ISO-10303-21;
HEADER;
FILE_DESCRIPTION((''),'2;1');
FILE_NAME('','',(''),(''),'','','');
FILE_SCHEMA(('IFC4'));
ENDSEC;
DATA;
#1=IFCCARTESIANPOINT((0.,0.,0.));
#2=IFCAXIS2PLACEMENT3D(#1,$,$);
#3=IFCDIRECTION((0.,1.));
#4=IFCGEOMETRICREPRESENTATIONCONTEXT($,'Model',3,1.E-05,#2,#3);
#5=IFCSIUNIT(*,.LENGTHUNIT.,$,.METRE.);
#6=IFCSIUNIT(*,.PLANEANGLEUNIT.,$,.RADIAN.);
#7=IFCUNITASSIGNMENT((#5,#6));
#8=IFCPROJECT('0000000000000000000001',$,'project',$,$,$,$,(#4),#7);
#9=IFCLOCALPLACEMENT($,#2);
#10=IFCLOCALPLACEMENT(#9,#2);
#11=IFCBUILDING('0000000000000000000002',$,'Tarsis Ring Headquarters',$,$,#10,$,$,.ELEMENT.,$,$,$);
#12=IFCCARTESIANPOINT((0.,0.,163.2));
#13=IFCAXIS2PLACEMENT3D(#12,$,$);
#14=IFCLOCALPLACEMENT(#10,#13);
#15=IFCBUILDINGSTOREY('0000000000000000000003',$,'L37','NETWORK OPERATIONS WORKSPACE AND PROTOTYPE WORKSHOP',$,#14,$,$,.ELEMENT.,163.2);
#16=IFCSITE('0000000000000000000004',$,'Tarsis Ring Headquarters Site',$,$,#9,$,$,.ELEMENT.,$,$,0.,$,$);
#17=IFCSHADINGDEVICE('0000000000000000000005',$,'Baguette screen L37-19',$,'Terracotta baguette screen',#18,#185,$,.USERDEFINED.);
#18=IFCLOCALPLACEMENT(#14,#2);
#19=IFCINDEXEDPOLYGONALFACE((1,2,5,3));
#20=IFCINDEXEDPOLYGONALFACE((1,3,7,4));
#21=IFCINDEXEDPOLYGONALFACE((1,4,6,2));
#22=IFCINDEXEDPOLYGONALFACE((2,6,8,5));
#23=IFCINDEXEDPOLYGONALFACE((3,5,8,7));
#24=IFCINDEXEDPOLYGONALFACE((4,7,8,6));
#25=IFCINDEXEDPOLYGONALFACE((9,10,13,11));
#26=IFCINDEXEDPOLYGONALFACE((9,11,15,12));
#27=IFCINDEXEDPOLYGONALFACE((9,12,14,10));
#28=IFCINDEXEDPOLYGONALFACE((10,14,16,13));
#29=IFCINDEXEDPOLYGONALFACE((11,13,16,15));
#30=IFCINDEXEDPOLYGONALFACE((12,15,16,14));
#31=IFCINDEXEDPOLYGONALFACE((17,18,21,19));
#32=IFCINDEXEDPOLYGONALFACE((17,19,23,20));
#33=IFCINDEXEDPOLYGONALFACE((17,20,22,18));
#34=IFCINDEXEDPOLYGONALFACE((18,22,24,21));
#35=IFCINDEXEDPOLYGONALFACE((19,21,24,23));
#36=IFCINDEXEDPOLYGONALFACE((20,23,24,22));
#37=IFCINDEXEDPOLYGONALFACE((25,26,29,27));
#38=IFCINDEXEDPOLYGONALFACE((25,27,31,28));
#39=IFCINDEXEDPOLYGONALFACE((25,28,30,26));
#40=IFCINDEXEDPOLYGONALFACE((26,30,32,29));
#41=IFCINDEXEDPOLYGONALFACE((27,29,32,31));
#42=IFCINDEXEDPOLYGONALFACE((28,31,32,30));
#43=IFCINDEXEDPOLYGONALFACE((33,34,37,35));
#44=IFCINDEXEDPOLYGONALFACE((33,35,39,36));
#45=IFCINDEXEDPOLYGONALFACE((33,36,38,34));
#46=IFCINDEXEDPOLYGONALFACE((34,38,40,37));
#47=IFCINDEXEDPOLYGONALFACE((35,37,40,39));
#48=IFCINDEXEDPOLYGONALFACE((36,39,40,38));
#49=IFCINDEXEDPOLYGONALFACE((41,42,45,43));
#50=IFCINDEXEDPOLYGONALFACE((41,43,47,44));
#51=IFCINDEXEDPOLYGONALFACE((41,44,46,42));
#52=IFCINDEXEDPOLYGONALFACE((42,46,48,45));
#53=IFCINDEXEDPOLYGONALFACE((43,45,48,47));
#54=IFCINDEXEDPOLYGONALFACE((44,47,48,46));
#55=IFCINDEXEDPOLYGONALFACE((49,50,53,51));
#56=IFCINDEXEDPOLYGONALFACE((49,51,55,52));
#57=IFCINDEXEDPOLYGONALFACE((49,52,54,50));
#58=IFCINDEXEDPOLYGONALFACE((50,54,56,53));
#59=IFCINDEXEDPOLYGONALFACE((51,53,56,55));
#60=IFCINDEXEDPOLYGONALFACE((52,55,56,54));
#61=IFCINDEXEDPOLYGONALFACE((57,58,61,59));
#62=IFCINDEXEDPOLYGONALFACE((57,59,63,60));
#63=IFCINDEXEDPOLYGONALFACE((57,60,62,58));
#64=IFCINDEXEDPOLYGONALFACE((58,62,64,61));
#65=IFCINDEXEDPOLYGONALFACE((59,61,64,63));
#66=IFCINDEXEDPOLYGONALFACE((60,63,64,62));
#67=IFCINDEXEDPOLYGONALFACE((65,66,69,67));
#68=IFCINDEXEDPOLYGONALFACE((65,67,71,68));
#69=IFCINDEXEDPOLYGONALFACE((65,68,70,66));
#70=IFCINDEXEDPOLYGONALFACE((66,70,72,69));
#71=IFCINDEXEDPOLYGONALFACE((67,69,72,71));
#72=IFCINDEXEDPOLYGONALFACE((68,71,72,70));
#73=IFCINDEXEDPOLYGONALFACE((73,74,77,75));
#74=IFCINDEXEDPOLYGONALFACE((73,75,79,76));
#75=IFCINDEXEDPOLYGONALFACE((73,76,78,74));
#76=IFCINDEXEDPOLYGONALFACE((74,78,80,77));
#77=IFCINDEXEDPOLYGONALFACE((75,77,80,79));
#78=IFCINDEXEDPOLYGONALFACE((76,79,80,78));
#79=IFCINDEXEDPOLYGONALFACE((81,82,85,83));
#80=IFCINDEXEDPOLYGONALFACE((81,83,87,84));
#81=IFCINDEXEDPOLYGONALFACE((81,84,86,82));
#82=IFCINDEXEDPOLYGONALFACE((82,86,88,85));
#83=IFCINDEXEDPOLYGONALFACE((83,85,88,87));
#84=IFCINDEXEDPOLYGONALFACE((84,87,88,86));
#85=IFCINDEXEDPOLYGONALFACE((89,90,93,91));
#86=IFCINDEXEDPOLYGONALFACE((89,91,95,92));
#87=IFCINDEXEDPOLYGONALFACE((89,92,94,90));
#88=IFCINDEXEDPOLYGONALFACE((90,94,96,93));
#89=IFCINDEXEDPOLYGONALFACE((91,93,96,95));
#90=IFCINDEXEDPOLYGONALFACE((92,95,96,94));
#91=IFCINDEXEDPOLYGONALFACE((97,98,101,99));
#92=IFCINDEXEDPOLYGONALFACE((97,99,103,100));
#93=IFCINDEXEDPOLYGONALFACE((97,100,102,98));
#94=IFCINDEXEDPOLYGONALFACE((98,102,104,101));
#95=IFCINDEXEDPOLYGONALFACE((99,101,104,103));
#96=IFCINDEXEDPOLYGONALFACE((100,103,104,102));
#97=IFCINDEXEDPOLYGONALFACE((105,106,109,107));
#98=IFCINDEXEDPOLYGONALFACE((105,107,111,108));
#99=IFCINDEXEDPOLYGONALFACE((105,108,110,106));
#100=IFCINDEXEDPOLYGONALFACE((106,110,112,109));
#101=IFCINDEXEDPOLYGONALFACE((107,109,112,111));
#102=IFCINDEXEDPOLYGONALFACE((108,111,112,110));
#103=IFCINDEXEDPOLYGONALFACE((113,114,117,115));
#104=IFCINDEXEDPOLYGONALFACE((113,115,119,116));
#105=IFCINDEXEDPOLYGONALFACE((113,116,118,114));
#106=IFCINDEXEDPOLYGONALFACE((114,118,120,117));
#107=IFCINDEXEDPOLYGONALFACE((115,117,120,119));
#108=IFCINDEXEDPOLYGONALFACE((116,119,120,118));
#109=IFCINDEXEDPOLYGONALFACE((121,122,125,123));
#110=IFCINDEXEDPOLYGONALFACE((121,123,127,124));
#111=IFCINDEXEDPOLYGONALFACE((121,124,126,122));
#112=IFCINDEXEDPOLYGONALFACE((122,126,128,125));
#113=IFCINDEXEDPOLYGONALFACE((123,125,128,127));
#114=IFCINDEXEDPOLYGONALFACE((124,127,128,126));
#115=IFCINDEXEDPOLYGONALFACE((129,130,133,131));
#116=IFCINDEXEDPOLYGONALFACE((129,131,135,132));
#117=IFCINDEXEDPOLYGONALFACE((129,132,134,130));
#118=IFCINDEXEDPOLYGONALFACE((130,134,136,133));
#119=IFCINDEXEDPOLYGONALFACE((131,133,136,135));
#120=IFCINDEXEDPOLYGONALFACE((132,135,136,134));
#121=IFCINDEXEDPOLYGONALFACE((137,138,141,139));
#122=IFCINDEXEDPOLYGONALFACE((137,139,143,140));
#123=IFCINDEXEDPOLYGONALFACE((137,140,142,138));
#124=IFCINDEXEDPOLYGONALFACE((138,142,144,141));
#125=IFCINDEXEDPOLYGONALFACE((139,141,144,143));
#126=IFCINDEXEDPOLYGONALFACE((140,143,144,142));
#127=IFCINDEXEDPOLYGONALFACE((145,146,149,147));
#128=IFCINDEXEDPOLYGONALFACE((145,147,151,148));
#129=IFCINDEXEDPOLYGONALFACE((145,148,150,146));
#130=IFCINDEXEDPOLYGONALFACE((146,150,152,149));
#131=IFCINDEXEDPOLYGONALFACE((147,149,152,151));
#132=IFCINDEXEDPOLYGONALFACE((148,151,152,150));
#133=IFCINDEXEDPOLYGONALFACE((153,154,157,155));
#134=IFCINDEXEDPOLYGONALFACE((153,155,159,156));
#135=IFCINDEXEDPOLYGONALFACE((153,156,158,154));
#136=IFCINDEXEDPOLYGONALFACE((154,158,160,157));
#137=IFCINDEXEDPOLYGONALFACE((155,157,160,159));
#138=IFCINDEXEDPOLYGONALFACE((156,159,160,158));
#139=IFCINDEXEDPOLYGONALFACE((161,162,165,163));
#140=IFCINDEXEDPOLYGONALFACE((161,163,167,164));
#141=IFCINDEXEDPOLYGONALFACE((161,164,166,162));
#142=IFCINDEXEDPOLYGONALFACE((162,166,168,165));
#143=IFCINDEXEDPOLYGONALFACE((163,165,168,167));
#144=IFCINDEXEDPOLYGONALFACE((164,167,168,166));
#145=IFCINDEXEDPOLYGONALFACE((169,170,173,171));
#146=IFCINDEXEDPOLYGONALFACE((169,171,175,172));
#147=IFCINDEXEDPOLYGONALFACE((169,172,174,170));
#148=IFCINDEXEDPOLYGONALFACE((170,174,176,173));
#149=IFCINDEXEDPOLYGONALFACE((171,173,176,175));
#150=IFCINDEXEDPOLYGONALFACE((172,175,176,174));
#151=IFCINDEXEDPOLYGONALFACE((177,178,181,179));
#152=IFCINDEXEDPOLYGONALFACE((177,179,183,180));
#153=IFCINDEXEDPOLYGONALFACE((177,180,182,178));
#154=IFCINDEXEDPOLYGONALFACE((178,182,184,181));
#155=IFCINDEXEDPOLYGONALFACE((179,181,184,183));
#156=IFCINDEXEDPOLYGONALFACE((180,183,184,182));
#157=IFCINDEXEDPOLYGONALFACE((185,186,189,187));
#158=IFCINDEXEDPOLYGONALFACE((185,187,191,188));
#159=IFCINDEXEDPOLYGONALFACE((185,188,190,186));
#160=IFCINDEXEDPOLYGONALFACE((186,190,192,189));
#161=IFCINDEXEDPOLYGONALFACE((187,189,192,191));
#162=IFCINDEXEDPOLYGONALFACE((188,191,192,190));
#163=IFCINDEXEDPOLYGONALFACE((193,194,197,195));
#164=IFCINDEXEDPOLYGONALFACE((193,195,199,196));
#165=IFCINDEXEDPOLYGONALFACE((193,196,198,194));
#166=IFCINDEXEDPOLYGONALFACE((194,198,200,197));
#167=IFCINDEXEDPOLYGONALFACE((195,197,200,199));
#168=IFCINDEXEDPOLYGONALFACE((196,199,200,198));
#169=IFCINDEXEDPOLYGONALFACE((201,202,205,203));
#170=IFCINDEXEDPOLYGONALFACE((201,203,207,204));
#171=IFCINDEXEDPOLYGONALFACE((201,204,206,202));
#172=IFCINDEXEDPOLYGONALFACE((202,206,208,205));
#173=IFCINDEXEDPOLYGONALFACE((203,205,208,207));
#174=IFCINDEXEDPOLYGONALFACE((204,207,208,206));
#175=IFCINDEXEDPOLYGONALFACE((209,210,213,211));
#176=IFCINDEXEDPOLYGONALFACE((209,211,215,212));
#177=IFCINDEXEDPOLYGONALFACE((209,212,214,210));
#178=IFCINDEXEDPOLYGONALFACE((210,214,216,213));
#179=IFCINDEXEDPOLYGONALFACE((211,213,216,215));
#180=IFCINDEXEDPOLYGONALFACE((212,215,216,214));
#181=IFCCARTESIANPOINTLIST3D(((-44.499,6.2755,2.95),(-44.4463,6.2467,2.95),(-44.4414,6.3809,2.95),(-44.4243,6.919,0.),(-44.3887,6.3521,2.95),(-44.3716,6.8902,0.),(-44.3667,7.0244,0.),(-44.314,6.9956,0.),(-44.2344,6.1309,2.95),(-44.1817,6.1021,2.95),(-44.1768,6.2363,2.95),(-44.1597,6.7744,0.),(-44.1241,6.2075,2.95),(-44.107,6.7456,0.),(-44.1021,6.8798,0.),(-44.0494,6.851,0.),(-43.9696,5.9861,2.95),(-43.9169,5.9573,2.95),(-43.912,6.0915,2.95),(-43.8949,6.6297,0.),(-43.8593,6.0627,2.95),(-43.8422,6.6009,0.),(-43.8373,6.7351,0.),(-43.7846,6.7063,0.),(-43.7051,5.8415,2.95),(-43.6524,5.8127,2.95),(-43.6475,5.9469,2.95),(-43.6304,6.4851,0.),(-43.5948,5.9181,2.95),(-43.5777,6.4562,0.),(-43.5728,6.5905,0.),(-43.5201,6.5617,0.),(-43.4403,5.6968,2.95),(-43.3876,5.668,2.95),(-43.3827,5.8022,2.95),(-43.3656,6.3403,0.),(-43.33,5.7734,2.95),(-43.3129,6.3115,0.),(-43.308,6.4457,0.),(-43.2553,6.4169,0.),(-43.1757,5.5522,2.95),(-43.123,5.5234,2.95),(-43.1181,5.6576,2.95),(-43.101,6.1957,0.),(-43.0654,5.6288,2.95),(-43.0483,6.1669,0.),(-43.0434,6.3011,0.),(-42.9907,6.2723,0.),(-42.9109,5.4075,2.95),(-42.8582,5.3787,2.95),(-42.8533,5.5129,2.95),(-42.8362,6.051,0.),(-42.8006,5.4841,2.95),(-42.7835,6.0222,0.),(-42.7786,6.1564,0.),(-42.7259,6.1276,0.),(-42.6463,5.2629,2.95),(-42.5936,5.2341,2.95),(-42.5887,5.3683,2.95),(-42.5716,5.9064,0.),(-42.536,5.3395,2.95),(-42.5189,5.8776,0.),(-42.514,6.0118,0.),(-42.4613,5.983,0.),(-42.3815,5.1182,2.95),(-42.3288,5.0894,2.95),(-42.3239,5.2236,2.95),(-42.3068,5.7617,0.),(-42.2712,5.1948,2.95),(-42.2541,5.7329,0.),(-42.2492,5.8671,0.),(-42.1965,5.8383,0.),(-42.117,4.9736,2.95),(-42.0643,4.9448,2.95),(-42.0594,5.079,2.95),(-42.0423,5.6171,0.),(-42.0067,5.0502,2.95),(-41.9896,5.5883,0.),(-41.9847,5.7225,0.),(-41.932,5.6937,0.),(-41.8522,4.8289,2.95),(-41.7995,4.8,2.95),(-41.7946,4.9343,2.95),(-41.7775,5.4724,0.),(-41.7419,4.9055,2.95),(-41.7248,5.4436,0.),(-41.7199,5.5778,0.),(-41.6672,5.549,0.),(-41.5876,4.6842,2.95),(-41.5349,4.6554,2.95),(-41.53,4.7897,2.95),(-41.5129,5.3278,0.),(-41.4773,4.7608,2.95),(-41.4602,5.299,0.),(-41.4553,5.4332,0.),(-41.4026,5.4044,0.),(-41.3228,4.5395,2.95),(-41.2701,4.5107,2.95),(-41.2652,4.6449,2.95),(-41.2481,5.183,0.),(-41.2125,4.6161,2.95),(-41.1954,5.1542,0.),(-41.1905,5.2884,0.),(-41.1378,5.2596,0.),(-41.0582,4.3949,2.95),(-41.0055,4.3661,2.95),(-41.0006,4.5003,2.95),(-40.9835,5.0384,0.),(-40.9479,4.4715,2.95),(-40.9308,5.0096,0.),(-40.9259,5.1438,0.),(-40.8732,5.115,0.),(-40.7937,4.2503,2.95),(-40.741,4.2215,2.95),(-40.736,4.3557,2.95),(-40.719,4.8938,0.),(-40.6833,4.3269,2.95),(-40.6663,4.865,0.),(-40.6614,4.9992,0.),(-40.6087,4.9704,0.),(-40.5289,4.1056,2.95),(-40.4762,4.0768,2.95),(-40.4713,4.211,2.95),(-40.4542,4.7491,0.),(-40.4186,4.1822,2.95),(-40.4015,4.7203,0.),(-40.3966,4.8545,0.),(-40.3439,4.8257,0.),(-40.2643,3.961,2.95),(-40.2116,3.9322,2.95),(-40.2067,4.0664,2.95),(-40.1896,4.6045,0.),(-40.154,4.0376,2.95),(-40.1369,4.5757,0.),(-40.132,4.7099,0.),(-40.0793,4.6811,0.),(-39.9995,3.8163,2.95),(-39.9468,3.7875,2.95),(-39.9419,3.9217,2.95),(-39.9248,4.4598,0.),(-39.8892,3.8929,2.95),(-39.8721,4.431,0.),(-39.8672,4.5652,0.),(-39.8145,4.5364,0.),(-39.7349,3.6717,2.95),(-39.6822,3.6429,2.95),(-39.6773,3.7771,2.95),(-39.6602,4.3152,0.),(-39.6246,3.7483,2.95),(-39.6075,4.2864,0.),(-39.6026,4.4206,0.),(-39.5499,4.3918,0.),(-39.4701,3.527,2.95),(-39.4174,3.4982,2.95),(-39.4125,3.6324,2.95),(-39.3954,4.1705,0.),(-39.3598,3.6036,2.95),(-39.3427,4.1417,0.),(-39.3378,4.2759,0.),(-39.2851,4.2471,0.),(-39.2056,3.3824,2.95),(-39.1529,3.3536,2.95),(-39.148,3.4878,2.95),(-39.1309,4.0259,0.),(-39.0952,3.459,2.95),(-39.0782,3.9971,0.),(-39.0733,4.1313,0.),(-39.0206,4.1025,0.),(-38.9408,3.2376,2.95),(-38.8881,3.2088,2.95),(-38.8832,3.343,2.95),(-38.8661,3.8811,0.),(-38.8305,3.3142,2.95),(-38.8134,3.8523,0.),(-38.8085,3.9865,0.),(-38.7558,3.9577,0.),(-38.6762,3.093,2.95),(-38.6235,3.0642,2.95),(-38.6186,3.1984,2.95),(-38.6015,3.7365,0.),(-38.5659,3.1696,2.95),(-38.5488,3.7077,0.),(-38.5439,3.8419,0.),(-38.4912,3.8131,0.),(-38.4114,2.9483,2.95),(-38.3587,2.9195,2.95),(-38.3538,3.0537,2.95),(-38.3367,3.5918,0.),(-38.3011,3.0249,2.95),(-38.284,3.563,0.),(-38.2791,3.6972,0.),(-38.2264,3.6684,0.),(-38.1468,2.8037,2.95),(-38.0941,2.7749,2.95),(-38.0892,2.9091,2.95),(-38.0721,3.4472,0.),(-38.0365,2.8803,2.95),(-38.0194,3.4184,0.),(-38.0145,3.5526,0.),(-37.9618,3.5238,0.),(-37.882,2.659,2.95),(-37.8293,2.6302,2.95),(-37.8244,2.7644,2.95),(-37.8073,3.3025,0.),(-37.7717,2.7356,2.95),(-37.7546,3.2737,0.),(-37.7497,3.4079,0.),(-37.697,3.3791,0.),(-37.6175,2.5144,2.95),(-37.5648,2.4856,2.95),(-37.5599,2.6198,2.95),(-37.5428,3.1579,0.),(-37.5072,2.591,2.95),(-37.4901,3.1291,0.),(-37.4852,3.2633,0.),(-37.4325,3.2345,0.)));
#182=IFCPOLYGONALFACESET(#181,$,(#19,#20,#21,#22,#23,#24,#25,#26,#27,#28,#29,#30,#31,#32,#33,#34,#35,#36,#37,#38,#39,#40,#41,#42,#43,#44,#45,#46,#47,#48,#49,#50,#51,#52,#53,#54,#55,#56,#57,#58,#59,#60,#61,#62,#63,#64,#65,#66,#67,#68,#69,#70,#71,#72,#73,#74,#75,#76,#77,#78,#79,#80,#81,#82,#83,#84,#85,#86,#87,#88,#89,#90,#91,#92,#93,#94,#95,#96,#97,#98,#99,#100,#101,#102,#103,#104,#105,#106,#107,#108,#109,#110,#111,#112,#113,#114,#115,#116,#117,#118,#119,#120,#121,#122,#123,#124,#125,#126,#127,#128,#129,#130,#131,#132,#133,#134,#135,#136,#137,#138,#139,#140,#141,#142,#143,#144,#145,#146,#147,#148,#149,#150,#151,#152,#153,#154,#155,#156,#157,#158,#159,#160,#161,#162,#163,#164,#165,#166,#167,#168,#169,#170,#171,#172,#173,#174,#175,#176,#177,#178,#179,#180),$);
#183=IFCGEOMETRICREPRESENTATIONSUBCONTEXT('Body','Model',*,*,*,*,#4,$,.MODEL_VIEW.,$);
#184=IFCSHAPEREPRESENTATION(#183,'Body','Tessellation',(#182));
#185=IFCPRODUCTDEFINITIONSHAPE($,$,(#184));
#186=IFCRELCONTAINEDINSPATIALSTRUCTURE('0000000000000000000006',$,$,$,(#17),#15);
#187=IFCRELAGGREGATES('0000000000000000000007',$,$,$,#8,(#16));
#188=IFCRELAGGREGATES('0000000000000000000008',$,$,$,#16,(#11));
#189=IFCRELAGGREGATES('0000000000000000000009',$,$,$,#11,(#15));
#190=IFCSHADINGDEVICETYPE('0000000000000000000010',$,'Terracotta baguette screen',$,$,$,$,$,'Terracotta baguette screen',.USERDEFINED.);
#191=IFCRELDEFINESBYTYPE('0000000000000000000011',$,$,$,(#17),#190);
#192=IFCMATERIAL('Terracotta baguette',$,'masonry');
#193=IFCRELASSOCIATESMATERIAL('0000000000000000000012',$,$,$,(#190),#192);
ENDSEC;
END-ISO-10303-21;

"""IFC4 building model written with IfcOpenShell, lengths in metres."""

from ifc_helpers import new_model, si_unit, direction, frame, frame_2d, origin, place, context, subcontext, project, spatial, rectangle, composite_profile, extrude, material, type_object, element, save


model = new_model("IFC4")

# Units and contexts
model_context = context("Model", 3, precision=1e-05, world=origin(), true_north=direction((0.0, 1.0)))
body_context = subcontext(model_context, "Body", "Model", "MODEL_VIEW")
ifc_project = project(units=[si_unit("LENGTHUNIT", "METRE"), si_unit("PLANEANGLEUNIT", "RADIAN")], contexts=[model_context])

# Site, building, storey
site_placement = place(None, origin())
site = spatial("IfcSite", under=ifc_project, at=site_placement, Name="Tarsis Ring Headquarters Site", CompositionType="ELEMENT", RefElevation=0.0)
building_placement = place(site_placement, origin())
building = spatial("IfcBuilding", under=site, at=building_placement, Name="Tarsis Ring Headquarters", CompositionType="ELEMENT")
storey_placement = place(building_placement, frame((0.0, 0.0, 163.2)))
storey = spatial("IfcBuildingStorey", under=building, at=storey_placement, Name="L37", Description="NETWORK OPERATIONS WORKSPACE AND PROTOTYPE WORKSHOP", CompositionType="ELEMENT", Elevation=163.2)

# Shading device
ifc_material_1 = material(Name="Terracotta baguette", Category="masonry")
shading_device_type_1 = type_object("IfcShadingDeviceType", Name="Terracotta baguette screen", ElementType="Terracotta baguette screen", PredefinedType="USERDEFINED", material=ifc_material_1)
shading_device_1_placement = place(storey_placement, frame((-44.3955, 6.9717, 0.0), z_axis=(0.0, 0.0, 1.0), x_axis=(0.877499, -0.479593, 0.0)))
element("IfcShadingDevice", 1, at=shading_device_1_placement, inside=storey, type_object=shading_device_type_1, Name="Baguette screen L37-19", ObjectType="Terracotta baguette screen", PredefinedType="USERDEFINED", context=body_context, shape_type="SweptSolid", body=[
    extrude(composite_profile([rectangle(XDim=0.0601, YDim=0.1201, at=frame_2d((0.03, 0.0))), rectangle(XDim=0.0601, YDim=0.1201, at=frame_2d((0.3315, 0.0))), rectangle(XDim=0.0601, YDim=0.1201, at=frame_2d((0.6333, 0.0))), rectangle(XDim=0.0601, YDim=0.1201, at=frame_2d((0.9348, 0.0))), rectangle(XDim=0.0601, YDim=0.1201, at=frame_2d((1.2366, 0.0))), rectangle(XDim=0.0601, YDim=0.1201, at=frame_2d((1.5381, 0.0))), rectangle(XDim=0.0601, YDim=0.1201, at=frame_2d((1.8398, 0.0))), rectangle(XDim=0.0601, YDim=0.1201, at=frame_2d((2.1414, 0.0))), rectangle(XDim=0.0601, YDim=0.1201, at=frame_2d((2.4431, 0.0))), rectangle(XDim=0.0601, YDim=0.1201, at=frame_2d((2.7446, 0.0))), rectangle(XDim=0.0601, YDim=0.1201, at=frame_2d((3.0464, 0.0))), rectangle(XDim=0.0601, YDim=0.1201, at=frame_2d((3.3479, 0.0))), rectangle(XDim=0.0601, YDim=0.1201, at=frame_2d((3.6497, 0.0))), rectangle(XDim=0.0601, YDim=0.1201, at=frame_2d((3.9512, 0.0))), rectangle(XDim=0.0601, YDim=0.1201, at=frame_2d((4.2527, 0.0))), rectangle(XDim=0.0601, YDim=0.1201, at=frame_2d((4.5544, 0.0))), rectangle(XDim=0.0601, YDim=0.1201, at=frame_2d((4.856, 0.0))), rectangle(XDim=0.0601, YDim=0.1201, at=frame_2d((5.1577, 0.0))), rectangle(XDim=0.0601, YDim=0.1201, at=frame_2d((5.4592, 0.0))), rectangle(XDim=0.0601, YDim=0.1201, at=frame_2d((5.761, 0.0))), rectangle(XDim=0.0601, YDim=0.1201, at=frame_2d((6.0625, 0.0))), rectangle(XDim=0.0601, YDim=0.1201, at=frame_2d((6.3643, 0.0))), rectangle(XDim=0.0601, YDim=0.1201, at=frame_2d((6.6658, 0.0))), rectangle(XDim=0.0601, YDim=0.1201, at=frame_2d((6.9675, 0.0))), rectangle(XDim=0.0601, YDim=0.1201, at=frame_2d((7.269, 0.0))), rectangle(XDim=0.0601, YDim=0.1201, at=frame_2d((7.5708, 0.0))), rectangle(XDim=0.0601, YDim=0.1201, at=frame_2d((7.8723, 0.0)))]), origin(), (0.080482, -0.198823, 0.976725), 3.0203),
])

save(model, "model.ifc")
